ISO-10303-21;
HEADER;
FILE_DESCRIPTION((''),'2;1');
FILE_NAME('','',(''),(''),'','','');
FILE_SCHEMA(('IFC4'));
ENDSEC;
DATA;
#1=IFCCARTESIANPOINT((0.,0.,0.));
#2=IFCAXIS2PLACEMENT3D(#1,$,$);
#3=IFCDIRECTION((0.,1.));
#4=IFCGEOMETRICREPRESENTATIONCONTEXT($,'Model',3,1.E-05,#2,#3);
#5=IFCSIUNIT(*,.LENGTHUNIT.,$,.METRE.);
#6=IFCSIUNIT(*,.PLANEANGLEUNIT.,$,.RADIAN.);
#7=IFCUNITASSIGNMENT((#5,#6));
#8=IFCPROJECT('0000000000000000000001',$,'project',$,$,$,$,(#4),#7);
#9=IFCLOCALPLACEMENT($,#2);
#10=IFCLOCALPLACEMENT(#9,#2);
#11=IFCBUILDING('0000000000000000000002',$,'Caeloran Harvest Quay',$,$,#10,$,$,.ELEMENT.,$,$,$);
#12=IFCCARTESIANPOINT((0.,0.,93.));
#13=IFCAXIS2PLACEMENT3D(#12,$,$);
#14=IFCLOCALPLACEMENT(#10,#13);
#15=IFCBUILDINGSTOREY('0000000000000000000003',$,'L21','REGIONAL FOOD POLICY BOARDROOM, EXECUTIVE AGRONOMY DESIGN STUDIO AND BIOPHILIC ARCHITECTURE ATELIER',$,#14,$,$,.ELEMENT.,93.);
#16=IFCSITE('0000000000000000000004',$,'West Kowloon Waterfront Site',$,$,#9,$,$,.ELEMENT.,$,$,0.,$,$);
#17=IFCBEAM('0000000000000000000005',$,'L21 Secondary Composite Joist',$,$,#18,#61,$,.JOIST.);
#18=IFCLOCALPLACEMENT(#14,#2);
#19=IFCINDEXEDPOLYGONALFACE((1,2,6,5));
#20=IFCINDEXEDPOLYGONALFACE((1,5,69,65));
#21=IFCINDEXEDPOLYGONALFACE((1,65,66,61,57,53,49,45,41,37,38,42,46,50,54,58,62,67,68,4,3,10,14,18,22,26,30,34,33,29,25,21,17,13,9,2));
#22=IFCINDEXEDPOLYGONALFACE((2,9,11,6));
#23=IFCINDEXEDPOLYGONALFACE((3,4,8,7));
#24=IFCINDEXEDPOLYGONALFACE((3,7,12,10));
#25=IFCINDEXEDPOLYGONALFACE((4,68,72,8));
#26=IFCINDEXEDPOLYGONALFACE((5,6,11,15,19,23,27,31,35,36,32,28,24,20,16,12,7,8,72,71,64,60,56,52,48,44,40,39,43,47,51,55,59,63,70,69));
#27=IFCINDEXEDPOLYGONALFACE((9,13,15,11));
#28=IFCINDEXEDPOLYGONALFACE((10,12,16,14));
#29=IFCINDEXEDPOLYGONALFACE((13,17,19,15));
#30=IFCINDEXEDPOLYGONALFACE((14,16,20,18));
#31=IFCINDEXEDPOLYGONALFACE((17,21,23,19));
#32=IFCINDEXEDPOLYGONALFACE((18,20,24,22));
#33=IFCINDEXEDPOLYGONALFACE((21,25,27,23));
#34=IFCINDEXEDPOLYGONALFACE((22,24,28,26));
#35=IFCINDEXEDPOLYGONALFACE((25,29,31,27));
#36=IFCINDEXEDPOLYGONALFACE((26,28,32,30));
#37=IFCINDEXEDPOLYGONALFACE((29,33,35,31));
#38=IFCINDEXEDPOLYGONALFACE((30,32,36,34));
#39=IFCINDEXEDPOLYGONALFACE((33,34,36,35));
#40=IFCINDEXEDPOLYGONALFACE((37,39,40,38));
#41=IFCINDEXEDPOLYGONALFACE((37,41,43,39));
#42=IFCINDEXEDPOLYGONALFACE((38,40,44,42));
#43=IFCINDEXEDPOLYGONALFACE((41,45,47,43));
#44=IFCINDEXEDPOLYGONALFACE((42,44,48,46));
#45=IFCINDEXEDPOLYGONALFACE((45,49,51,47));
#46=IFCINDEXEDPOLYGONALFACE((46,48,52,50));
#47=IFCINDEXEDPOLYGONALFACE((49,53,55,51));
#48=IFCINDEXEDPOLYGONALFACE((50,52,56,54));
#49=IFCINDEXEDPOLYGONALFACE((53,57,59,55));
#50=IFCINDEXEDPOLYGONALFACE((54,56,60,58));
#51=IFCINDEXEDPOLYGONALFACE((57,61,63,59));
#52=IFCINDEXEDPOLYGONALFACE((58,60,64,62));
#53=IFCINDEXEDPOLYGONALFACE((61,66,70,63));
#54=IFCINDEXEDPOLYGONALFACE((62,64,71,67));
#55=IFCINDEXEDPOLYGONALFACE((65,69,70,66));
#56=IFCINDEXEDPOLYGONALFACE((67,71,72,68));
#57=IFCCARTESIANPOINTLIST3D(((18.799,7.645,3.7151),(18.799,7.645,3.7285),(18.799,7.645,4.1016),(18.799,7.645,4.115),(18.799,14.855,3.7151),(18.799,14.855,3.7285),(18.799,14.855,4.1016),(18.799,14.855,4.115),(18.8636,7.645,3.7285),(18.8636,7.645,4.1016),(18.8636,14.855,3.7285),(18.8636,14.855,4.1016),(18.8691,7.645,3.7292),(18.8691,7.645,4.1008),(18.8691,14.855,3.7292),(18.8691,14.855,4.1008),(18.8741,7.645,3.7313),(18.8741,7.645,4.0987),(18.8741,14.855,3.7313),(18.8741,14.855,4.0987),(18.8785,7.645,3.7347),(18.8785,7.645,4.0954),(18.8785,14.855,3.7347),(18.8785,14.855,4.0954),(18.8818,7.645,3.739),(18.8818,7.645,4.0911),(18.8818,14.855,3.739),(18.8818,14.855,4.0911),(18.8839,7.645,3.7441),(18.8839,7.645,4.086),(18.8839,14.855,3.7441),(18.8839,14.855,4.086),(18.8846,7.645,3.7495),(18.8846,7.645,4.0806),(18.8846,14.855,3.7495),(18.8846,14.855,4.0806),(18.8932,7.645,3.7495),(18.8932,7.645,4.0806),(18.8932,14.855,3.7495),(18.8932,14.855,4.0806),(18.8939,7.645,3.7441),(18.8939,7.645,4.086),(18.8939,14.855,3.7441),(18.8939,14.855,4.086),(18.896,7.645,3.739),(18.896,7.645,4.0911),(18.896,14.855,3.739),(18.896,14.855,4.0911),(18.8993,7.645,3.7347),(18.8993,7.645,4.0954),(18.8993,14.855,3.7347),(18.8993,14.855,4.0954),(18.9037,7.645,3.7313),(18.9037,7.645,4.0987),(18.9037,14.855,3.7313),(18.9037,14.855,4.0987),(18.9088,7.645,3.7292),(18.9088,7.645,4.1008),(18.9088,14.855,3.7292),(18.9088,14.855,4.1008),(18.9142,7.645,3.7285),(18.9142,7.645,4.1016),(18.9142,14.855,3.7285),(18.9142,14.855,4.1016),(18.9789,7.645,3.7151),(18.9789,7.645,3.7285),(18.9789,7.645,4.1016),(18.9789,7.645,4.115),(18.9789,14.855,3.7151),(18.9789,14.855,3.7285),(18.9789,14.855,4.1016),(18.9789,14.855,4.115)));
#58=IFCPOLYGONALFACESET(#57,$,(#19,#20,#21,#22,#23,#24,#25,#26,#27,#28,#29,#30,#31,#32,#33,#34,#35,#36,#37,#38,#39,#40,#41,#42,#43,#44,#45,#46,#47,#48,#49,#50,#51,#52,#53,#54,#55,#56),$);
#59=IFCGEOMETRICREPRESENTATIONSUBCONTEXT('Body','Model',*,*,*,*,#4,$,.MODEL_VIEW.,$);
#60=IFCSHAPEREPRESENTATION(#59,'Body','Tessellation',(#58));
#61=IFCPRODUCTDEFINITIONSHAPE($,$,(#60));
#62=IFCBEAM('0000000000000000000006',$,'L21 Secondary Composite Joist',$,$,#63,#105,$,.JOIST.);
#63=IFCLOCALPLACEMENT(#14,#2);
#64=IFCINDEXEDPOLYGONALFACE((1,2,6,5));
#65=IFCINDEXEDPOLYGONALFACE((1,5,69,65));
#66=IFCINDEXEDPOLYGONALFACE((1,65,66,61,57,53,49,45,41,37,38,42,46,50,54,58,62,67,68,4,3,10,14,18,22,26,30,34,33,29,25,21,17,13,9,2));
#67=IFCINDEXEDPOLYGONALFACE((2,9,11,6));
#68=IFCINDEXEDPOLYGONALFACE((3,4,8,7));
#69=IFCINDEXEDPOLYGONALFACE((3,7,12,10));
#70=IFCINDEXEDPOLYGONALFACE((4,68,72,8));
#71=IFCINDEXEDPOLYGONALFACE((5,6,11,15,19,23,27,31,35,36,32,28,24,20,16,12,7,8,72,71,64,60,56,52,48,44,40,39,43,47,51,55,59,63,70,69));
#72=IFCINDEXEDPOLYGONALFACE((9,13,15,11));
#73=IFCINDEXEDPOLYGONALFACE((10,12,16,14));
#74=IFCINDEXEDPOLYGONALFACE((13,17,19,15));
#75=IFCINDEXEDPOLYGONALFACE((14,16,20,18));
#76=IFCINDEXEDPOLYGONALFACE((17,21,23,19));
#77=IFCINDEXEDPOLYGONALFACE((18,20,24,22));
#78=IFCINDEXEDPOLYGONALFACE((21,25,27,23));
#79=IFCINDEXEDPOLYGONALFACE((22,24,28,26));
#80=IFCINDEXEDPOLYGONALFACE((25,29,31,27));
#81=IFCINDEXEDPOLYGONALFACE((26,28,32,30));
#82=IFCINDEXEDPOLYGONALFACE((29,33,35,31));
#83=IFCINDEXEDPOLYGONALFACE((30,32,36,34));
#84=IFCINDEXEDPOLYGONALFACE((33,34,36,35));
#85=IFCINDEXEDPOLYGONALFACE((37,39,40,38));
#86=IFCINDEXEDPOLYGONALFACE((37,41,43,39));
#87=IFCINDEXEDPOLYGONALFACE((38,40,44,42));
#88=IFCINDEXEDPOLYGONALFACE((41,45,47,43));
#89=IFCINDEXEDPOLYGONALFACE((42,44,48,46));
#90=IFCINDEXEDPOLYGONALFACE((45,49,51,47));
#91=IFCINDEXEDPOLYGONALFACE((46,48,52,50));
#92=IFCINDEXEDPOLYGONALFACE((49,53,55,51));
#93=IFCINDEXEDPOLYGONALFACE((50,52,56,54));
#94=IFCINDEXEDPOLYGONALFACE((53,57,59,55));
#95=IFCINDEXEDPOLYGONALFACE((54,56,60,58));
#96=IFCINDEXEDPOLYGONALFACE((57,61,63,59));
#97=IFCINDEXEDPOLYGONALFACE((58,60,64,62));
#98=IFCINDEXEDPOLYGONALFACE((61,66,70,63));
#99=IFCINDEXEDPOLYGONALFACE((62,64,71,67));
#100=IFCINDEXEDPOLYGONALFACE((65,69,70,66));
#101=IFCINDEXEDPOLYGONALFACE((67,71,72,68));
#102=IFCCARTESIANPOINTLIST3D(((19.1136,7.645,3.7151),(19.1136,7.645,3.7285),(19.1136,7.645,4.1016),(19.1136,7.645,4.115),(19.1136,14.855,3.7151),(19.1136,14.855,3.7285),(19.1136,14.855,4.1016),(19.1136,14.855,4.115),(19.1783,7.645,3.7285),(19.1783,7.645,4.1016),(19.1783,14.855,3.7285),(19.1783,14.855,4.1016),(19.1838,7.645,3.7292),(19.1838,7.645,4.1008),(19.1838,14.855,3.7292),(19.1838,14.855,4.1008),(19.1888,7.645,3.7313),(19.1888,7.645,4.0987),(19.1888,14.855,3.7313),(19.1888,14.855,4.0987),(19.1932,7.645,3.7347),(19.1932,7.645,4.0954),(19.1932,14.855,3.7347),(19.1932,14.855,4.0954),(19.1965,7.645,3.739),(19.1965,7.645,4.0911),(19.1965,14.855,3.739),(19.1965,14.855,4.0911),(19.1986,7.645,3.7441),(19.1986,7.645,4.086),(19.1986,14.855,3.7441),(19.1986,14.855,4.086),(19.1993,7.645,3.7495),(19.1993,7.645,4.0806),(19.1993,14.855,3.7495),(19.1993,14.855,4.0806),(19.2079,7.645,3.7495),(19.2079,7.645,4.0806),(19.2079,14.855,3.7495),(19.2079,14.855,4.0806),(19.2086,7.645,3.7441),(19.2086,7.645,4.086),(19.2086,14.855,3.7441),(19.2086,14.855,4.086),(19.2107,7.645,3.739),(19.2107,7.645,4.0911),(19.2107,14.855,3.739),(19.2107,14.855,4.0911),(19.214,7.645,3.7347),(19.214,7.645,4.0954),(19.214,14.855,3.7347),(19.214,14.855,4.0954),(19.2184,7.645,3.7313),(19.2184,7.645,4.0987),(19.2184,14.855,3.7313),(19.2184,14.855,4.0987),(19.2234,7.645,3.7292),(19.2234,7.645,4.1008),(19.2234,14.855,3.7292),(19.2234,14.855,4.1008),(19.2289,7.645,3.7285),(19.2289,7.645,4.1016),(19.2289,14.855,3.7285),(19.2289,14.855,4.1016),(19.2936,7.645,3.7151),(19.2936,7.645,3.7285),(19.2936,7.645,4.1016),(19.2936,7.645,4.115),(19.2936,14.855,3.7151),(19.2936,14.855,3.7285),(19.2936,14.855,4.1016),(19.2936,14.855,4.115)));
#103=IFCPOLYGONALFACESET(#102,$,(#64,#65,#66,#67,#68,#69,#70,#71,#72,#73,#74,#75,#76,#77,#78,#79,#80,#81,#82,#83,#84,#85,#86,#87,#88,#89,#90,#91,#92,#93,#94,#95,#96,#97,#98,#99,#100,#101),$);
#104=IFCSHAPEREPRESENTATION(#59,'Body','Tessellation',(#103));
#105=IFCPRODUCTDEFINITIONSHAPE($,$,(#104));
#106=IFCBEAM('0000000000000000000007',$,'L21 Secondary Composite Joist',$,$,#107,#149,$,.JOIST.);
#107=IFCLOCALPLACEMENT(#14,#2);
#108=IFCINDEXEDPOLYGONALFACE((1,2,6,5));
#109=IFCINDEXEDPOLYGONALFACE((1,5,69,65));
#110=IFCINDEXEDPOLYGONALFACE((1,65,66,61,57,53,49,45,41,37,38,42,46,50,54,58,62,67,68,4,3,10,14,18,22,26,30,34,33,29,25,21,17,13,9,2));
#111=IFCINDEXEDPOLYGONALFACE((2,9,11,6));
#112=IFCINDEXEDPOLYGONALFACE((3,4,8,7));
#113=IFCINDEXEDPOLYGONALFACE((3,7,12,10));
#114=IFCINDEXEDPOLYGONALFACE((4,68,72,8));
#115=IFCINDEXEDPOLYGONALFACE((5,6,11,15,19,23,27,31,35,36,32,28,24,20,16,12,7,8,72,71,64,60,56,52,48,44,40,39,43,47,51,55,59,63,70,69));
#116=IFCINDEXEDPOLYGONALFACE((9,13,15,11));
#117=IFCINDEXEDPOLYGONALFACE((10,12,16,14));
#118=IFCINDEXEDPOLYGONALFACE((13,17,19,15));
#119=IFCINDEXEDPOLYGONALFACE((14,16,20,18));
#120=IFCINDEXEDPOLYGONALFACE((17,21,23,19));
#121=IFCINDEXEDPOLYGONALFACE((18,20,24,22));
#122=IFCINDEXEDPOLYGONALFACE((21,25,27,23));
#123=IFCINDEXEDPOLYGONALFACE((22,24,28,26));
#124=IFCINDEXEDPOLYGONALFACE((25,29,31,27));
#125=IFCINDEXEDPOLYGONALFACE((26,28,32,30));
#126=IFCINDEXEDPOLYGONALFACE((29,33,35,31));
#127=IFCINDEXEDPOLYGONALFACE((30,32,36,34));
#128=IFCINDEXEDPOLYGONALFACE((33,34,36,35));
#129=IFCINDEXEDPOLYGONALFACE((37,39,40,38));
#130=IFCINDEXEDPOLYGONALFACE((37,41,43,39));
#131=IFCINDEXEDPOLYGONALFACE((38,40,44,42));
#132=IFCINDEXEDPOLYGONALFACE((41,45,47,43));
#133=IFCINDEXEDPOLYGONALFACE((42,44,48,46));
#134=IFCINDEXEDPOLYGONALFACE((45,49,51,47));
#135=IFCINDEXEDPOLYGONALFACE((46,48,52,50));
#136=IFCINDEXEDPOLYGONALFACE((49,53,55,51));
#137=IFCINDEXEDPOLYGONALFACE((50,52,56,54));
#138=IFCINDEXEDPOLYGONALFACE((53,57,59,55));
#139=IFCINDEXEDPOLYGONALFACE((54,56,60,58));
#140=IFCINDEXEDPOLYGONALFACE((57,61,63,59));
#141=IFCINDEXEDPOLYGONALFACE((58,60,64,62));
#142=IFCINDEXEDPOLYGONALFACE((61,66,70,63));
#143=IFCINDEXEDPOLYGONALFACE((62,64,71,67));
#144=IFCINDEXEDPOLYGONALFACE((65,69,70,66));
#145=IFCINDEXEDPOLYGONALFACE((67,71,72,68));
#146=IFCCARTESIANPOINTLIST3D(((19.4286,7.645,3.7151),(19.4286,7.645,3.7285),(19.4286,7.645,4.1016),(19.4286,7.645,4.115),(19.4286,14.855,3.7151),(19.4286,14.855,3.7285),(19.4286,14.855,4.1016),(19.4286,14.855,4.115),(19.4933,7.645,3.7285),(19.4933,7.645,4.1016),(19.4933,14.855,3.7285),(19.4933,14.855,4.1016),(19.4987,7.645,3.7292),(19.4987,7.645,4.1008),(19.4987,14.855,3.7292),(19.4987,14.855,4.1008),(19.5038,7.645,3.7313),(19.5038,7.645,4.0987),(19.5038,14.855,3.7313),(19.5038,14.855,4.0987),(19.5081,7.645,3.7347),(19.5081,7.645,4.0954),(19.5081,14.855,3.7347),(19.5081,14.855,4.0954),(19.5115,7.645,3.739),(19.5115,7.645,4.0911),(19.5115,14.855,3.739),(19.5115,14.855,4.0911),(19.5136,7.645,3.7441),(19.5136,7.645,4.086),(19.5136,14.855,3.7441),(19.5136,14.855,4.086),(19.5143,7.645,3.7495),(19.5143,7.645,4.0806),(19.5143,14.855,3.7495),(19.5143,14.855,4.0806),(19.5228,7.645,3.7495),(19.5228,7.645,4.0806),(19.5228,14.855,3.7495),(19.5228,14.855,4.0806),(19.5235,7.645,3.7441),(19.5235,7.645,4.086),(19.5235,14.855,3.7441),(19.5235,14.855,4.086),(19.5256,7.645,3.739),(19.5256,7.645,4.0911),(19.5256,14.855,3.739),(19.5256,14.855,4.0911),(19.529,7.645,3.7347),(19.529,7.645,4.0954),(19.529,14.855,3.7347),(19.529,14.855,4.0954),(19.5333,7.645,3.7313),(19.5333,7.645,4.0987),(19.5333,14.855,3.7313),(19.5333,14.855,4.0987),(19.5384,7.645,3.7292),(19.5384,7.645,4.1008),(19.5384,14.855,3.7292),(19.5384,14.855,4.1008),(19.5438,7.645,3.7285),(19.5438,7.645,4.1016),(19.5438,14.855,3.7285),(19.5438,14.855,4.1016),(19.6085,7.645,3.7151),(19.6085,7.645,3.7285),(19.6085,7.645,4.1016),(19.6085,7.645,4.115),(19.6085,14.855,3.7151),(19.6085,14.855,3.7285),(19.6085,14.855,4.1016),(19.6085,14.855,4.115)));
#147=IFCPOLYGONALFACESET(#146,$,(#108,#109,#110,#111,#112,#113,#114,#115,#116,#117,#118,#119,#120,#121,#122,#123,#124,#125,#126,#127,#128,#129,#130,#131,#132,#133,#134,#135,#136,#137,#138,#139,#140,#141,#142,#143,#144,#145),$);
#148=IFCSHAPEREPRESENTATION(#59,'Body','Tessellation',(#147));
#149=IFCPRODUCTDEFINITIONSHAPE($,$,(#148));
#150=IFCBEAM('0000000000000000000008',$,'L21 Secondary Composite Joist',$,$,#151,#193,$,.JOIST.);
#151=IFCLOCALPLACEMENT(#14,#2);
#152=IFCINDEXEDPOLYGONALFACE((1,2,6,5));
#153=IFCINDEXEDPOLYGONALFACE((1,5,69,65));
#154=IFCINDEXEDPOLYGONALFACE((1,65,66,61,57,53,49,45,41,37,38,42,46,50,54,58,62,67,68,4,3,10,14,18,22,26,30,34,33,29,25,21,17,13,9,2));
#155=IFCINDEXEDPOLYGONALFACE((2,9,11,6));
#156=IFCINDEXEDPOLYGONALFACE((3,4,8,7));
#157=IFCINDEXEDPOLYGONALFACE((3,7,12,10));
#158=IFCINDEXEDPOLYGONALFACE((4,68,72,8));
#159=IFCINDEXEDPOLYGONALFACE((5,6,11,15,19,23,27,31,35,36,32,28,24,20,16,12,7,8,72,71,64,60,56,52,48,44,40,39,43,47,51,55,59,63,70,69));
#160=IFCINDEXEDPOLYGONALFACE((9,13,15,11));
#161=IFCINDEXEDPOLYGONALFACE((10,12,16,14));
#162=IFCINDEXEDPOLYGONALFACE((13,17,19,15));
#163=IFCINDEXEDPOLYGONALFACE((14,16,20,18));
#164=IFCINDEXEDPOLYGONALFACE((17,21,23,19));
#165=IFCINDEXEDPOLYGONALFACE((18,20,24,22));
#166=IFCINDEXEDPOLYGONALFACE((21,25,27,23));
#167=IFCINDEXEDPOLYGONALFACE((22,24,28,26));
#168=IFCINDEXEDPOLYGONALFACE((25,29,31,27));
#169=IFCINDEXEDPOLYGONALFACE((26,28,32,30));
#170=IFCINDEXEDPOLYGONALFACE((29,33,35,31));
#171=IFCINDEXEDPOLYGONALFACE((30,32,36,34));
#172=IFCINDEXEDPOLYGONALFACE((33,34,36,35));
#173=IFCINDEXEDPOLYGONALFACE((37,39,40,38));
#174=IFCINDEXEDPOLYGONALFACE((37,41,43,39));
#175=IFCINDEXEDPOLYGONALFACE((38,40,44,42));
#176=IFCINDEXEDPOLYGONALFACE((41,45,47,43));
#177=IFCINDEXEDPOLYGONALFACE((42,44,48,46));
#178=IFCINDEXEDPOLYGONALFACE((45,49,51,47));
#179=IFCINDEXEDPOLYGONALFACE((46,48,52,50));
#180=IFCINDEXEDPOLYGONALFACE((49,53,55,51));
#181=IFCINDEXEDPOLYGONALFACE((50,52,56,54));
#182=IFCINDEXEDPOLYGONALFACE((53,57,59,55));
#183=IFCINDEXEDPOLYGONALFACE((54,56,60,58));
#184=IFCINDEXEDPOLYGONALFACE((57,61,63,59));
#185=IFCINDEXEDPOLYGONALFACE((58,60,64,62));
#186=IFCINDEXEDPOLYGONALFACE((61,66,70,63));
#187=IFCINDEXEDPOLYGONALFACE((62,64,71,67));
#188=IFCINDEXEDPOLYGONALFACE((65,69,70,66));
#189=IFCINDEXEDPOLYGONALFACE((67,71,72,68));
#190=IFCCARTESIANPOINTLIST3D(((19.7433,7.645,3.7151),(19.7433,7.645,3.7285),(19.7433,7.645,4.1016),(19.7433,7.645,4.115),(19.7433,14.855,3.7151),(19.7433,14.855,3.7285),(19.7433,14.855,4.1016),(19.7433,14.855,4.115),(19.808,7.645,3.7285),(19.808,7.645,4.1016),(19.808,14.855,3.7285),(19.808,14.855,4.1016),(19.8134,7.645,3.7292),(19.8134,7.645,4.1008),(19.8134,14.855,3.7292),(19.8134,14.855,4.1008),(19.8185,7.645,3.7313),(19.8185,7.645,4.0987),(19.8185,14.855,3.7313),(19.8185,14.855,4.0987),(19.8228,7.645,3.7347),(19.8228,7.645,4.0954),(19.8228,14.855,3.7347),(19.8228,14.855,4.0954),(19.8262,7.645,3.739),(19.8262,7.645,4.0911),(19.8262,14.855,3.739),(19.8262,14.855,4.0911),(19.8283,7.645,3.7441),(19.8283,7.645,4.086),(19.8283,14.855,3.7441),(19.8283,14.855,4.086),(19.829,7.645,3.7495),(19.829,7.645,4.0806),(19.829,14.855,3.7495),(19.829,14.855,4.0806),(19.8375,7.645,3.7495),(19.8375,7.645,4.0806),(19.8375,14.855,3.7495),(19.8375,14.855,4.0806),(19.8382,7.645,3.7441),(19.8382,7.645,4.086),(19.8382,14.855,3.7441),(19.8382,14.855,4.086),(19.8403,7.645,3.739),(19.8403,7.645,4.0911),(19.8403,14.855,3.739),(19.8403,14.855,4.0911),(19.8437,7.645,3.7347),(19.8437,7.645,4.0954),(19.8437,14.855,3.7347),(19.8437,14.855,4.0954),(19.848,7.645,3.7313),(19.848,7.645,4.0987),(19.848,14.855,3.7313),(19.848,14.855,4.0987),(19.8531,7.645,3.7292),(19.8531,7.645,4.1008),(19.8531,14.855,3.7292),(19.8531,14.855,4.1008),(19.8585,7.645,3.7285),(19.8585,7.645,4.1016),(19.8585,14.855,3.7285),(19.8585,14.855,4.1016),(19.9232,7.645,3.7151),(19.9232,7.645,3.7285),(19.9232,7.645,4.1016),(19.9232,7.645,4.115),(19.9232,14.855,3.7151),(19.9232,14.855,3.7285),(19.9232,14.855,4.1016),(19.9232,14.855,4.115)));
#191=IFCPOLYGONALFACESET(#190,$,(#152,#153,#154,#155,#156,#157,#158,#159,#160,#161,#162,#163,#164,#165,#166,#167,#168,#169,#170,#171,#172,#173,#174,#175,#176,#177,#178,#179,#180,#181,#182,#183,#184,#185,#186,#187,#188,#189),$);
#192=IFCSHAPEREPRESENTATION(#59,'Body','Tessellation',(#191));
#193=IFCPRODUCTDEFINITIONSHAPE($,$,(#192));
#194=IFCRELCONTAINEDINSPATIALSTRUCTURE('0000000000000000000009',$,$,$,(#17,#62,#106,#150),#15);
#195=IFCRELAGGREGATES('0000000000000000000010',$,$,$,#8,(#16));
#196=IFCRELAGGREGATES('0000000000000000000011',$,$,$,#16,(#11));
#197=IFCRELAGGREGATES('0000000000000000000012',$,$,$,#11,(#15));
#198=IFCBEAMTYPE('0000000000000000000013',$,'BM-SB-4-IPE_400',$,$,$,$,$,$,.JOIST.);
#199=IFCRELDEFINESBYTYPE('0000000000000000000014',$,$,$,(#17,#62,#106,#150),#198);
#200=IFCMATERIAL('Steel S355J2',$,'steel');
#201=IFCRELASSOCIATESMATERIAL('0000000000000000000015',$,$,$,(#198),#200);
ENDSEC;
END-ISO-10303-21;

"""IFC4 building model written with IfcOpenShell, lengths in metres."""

from ifc_helpers import new_model, si_unit, direction, frame, origin, origin_2d, place, context, subcontext, project, spatial, i_section, extrude, material, material_profile, profile_set, type_object, element, save


model = new_model("IFC4")

# Units and contexts
model_context = context("Model", 3, precision=1e-05, world=origin(), true_north=direction((0.0, 1.0)))
body_context = subcontext(model_context, "Body", "Model", "MODEL_VIEW")
ifc_project = project(units=[si_unit("LENGTHUNIT", "METRE"), si_unit("PLANEANGLEUNIT", "RADIAN")], contexts=[model_context])

# Site, building, storey
site_placement = place(None, origin())
site = spatial("IfcSite", under=ifc_project, at=site_placement, Name="West Kowloon Waterfront Site", CompositionType="ELEMENT", RefElevation=0.0)
building_placement = place(site_placement, origin())
building = spatial("IfcBuilding", under=site, at=building_placement, Name="Caeloran Harvest Quay", CompositionType="ELEMENT")
storey_placement = place(building_placement, frame((0.0, 0.0, 93.0)))
storey = spatial("IfcBuildingStorey", under=building, at=storey_placement, Name="L21", Description="REGIONAL FOOD POLICY BOARDROOM, EXECUTIVE AGRONOMY DESIGN STUDIO AND BIOPHILIC ARCHITECTURE ATELIER", CompositionType="ELEMENT", Elevation=93.0)

# Beams
ifc_material_1 = material(Name="Steel S355J2", Category="steel")
ifc_material_profile_1 = material_profile(ifc_material_1, i_section(OverallWidth=0.1799, OverallDepth=0.3999, WebThickness=0.0085, FlangeThickness=0.0134, FilletRadius=0.021, at=origin_2d()), Name="IPE 400")
ifc_profile_set_1 = profile_set([ifc_material_profile_1], Name="Steel S355J2")
beam_type_1 = type_object("IfcBeamType", Name="BM-SB-4-IPE_400", PredefinedType="JOIST", material=ifc_profile_set_1)
for number, where, z_axis, x_axis, name in (
    (1, (18.8889, 7.645, 3.915), (0.0, 1.0, 0.0), (-1.0, 0.0, 0.0), "L21 Secondary Composite Joist"),
    (2, (19.2036, 7.645, 3.915), (0.0, 1.0, 0.0), (-1.0, 0.0, 0.0), "L21 Secondary Composite Joist"),
    (3, (19.5186, 7.645, 3.915), (0.0, 1.0, 0.0), (-1.0, 0.0, 0.0), "L21 Secondary Composite Joist"),
    (4, (19.8333, 7.645, 3.915), (0.0, 1.0, 0.0), (-1.0, 0.0, 0.0), "L21 Secondary Composite Joist"),
):
    element("IfcBeam", number, at=place(storey_placement, frame(where, z_axis=z_axis, x_axis=x_axis)), inside=storey, type_object=beam_type_1, Name=name, PredefinedType="JOIST", context=body_context, shape_type="SweptSolid", body=[
        extrude(i_section(OverallWidth=0.1799, OverallDepth=0.3999, WebThickness=0.0085, FlangeThickness=0.0134, FilletRadius=0.021, at=origin_2d()), origin(), (0.0, 0.0, 1.0), 7.21),
    ])

save(model, "model.ifc")
